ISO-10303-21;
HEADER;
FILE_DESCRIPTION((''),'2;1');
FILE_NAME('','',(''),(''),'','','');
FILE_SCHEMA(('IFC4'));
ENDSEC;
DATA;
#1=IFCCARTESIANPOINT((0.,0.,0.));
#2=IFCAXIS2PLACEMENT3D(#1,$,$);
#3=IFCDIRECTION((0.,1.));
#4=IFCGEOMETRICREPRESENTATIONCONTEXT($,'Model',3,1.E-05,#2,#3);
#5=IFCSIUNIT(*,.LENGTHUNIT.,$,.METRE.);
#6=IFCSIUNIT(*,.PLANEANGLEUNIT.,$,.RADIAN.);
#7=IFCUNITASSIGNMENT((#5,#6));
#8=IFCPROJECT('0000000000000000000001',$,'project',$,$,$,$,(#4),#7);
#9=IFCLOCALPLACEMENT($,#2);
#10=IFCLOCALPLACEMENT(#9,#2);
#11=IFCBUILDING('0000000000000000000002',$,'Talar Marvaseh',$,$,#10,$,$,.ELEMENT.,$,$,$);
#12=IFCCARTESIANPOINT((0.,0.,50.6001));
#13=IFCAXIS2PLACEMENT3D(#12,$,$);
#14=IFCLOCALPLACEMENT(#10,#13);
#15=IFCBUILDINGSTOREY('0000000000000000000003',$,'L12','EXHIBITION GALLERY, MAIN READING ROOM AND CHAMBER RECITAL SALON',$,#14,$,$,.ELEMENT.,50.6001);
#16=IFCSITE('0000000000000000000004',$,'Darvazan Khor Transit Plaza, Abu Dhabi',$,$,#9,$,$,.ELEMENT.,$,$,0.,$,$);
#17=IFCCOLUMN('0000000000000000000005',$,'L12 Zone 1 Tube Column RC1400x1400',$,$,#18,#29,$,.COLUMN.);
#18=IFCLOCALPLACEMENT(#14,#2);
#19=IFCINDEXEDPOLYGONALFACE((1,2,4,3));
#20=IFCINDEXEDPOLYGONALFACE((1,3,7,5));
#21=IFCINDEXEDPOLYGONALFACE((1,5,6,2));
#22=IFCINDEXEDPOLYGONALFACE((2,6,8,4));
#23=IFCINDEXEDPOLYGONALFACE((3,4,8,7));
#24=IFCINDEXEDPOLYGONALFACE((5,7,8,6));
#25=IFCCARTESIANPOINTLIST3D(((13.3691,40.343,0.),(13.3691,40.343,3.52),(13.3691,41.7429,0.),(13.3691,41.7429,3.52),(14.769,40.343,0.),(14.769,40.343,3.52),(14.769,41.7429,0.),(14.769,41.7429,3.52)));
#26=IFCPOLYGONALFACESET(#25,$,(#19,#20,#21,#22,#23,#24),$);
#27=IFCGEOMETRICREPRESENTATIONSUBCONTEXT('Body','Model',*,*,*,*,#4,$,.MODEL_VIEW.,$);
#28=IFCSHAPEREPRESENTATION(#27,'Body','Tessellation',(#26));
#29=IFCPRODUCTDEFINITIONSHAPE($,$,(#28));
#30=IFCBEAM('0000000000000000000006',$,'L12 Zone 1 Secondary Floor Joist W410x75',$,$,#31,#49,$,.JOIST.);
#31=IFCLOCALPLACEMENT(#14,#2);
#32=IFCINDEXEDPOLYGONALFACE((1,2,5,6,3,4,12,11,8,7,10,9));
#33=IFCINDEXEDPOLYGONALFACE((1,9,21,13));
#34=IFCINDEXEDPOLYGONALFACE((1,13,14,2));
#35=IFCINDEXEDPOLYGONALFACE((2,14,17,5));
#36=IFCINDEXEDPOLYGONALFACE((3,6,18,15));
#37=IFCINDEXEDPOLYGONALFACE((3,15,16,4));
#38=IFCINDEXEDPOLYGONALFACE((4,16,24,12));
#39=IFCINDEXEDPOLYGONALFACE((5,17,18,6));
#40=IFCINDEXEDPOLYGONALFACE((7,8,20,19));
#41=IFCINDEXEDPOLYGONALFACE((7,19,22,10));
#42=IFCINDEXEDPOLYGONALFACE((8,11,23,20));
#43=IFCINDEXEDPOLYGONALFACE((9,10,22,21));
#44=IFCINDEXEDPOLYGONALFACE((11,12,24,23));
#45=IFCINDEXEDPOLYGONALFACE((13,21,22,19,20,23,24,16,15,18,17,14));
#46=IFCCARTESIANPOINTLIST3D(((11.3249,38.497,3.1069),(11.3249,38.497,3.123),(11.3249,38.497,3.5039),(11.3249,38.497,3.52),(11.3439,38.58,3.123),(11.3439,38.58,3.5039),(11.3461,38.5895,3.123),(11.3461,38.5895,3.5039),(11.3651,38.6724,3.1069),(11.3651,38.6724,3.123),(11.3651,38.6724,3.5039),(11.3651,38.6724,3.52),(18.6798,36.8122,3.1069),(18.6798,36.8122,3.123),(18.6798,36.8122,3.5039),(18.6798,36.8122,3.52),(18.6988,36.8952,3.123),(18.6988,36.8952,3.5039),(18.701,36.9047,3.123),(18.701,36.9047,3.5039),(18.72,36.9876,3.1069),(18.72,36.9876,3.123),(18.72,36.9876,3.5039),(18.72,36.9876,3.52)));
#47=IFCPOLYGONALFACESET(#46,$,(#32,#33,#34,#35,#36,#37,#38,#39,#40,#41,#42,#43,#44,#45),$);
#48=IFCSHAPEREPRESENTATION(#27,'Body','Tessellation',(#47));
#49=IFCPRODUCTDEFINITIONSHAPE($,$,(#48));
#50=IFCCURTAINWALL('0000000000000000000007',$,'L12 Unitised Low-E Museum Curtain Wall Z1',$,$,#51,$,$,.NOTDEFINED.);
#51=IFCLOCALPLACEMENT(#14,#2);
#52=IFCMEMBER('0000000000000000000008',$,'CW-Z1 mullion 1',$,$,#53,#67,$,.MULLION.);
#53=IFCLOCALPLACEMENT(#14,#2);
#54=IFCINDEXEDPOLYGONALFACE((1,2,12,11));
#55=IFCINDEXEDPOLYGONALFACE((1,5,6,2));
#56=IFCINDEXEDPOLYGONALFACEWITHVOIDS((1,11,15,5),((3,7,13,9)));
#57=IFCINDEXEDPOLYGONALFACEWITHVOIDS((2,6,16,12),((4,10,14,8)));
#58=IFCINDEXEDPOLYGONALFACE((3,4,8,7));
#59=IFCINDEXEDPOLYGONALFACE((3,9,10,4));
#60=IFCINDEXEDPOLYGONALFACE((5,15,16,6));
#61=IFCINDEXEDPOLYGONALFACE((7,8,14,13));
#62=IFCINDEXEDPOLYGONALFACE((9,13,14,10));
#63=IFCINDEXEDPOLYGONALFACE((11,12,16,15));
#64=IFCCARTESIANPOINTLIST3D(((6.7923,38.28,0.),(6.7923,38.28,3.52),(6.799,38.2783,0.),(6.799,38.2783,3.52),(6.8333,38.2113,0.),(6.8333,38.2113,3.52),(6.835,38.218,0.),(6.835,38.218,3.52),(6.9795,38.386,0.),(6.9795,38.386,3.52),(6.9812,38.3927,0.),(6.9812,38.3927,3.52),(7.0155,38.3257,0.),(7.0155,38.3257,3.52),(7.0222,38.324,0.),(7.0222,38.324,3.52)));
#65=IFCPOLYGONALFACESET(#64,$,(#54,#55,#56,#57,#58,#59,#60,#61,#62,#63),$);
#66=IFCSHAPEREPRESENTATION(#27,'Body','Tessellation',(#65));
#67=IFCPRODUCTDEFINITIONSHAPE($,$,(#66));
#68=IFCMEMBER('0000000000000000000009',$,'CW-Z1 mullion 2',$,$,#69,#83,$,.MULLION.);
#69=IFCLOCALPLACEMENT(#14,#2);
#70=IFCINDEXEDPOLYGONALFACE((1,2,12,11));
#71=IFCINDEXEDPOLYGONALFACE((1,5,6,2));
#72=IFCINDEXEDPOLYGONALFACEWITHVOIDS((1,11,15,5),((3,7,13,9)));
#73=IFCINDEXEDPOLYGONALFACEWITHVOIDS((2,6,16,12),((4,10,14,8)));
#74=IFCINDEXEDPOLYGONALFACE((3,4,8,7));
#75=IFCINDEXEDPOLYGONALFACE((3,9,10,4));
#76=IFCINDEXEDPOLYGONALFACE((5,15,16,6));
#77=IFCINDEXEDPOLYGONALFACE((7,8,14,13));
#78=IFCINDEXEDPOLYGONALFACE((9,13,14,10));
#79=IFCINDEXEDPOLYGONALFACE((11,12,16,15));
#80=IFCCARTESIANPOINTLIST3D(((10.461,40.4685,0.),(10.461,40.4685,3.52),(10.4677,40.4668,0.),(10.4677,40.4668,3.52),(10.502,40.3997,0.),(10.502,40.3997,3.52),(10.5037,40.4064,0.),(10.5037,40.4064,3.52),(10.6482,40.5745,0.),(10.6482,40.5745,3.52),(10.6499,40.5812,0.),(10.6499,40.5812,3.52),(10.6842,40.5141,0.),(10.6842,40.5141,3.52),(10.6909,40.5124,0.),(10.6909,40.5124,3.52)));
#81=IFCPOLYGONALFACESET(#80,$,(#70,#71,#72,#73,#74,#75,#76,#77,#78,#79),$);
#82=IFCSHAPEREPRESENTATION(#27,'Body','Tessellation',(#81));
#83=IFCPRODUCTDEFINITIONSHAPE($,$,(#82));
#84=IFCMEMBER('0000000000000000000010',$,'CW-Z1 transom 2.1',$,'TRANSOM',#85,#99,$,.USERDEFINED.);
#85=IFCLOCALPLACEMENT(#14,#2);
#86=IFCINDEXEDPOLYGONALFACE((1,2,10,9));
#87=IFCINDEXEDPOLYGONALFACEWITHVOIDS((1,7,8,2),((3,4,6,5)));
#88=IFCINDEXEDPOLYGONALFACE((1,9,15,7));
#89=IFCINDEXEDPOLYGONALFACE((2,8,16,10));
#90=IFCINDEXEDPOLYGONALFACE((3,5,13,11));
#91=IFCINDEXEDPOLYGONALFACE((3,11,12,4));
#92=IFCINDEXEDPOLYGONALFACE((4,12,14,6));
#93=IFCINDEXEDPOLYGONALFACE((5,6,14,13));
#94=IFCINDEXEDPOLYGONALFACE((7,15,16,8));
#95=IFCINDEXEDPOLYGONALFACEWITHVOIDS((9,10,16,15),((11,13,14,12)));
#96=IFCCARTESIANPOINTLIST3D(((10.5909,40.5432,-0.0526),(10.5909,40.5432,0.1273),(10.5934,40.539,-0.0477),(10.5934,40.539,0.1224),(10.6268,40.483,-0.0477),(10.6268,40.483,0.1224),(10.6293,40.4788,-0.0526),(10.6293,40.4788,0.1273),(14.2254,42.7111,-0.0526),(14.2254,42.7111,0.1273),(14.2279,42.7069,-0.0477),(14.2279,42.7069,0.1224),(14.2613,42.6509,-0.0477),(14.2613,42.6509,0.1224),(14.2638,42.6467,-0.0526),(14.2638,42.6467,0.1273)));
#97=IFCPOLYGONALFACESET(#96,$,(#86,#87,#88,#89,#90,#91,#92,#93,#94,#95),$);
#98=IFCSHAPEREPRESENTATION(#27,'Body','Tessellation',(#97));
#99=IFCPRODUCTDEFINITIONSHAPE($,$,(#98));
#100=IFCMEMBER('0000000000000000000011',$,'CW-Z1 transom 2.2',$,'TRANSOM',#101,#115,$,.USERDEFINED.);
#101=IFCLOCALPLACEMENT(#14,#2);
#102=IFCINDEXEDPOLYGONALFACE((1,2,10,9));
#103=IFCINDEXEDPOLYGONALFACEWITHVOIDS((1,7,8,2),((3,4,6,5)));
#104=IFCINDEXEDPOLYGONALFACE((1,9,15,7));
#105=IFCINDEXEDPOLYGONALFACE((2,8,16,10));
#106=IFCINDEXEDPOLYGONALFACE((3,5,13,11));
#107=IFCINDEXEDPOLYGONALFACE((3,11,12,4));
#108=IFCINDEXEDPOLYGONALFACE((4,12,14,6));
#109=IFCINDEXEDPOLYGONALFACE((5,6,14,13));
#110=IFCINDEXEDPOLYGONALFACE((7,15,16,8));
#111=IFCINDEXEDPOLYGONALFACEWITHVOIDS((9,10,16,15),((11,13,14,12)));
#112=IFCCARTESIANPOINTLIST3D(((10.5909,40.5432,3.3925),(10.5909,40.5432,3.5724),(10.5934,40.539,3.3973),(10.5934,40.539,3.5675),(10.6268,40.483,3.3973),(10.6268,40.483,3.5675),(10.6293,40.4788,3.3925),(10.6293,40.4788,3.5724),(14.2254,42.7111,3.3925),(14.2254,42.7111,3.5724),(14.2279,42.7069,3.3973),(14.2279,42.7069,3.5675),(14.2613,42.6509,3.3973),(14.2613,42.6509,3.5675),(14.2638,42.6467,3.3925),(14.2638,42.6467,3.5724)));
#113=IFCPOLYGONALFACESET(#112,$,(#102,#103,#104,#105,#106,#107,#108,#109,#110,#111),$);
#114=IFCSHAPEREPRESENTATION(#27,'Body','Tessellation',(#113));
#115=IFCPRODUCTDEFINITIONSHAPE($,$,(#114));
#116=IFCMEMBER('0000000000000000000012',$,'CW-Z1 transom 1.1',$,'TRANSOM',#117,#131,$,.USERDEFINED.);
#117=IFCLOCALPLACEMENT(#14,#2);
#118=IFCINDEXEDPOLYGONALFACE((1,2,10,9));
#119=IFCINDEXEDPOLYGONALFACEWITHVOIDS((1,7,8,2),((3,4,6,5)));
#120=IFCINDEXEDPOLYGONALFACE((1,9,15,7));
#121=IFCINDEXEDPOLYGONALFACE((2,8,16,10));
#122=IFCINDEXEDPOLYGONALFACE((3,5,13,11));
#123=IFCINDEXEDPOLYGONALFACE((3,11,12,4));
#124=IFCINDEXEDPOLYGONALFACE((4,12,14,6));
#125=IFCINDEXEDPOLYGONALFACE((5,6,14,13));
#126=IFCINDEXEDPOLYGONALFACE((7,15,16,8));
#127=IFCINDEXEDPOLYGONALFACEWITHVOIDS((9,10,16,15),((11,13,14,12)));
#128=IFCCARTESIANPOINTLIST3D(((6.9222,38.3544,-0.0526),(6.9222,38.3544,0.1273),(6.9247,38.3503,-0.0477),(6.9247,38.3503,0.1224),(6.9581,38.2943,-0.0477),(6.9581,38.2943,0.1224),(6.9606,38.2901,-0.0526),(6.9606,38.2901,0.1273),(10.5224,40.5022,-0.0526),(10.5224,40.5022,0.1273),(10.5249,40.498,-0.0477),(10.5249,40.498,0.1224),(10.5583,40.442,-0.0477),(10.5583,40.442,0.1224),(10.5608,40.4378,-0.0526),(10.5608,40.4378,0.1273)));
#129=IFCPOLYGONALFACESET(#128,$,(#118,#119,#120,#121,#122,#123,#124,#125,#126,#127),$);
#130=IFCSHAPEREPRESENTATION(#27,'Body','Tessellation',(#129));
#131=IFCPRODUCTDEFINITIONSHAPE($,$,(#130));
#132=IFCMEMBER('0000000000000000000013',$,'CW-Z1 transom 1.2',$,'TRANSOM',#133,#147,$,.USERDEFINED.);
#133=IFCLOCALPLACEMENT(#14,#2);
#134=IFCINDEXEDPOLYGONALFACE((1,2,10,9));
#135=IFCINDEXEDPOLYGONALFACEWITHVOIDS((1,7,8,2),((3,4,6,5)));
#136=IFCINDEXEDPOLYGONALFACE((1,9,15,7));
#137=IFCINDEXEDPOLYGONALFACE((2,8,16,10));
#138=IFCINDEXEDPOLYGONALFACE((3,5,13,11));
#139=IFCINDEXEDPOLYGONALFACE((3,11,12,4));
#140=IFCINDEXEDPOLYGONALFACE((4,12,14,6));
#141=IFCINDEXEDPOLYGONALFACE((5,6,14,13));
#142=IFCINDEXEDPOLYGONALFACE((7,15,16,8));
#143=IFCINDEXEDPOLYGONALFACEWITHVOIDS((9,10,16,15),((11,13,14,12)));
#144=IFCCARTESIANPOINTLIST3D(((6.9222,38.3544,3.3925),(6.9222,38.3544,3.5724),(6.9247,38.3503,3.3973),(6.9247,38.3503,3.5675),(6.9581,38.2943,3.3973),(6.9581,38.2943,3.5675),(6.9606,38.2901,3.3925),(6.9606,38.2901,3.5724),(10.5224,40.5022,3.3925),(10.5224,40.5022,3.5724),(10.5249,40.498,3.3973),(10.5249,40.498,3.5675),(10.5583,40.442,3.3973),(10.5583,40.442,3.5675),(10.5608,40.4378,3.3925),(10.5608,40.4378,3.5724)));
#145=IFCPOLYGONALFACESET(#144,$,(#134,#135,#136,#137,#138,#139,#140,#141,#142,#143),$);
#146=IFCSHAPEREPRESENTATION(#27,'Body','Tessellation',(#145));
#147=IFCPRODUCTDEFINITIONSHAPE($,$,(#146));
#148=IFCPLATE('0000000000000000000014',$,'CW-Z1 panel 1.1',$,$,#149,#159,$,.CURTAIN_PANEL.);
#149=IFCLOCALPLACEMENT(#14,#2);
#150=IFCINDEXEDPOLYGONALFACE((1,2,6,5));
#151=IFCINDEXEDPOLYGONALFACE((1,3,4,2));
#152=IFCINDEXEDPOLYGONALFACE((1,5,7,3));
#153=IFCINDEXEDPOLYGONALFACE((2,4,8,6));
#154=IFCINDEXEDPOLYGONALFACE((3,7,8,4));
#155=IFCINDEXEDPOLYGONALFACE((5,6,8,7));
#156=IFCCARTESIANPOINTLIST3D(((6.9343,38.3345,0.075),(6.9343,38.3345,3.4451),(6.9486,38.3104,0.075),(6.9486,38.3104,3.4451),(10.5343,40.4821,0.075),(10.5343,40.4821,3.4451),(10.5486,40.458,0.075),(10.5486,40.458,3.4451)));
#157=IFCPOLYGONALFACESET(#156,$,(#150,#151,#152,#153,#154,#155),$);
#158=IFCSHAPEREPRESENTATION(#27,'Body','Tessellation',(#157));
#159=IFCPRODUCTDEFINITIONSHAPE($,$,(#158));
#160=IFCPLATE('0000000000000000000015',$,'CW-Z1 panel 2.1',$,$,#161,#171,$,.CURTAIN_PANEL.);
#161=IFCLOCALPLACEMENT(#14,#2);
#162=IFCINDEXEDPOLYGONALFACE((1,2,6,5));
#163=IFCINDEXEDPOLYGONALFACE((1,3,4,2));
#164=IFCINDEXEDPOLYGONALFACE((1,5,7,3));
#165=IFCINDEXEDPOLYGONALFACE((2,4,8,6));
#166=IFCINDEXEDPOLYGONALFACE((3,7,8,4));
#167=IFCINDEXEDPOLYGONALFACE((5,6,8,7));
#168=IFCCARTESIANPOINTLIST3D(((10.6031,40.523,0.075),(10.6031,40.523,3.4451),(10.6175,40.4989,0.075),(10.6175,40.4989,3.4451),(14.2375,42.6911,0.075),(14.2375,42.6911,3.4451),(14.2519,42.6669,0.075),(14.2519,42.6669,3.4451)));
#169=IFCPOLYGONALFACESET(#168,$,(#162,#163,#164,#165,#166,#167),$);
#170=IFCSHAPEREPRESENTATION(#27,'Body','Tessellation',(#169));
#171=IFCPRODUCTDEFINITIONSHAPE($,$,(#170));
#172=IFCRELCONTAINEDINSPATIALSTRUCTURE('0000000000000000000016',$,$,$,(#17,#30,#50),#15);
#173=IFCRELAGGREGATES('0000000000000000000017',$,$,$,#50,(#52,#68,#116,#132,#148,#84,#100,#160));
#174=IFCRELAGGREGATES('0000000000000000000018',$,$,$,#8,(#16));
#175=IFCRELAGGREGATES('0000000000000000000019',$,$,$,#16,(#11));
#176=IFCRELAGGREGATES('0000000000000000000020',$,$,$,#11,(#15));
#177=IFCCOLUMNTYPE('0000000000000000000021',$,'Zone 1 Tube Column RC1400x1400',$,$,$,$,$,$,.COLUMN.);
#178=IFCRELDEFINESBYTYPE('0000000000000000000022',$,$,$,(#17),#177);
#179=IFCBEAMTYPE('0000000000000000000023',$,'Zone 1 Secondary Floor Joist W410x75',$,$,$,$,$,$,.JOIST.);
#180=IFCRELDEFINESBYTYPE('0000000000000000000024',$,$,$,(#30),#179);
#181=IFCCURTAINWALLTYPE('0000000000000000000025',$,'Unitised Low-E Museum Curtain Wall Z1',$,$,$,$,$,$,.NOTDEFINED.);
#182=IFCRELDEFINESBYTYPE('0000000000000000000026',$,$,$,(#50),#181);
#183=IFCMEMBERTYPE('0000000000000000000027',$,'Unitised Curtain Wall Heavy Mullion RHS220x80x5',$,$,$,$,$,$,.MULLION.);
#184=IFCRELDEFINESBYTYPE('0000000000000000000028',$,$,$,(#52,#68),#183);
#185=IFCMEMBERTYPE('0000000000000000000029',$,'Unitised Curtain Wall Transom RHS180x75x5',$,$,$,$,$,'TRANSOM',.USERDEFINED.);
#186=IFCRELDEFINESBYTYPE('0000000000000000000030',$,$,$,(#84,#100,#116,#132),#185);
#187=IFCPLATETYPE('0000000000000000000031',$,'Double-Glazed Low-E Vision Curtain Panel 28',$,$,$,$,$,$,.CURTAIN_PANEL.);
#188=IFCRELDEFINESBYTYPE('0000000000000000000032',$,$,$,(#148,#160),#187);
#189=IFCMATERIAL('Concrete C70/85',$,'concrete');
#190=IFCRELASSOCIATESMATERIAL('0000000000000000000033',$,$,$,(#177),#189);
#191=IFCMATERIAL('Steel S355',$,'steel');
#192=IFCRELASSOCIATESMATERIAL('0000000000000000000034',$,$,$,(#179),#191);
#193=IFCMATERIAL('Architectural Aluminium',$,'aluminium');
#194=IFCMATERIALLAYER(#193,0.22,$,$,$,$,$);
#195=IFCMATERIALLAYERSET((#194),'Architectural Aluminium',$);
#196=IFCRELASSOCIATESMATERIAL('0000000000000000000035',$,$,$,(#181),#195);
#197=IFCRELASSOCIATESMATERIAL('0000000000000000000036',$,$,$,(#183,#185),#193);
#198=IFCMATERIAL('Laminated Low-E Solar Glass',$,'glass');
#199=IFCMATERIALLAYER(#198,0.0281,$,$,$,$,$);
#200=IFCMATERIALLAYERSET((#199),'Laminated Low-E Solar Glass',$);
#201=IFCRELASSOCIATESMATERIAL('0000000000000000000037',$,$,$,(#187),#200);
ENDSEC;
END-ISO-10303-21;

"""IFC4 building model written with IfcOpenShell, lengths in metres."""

from ifc_helpers import new_model, si_unit, direction, frame, origin, origin_2d, place, context, subcontext, project, spatial, rectangle, hollow_rectangle, i_section, extrude, source, transform, mapped, material, layer, layer_set, material_profile, profile_set, type_object, type_shapes, element, aggregate, save


model = new_model("IFC4")

# Units and contexts
model_context = context("Model", 3, precision=1e-05, world=origin(), true_north=direction((0.0, 1.0)))
body_context = subcontext(model_context, "Body", "Model", "MODEL_VIEW")
ifc_project = project(units=[si_unit("LENGTHUNIT", "METRE"), si_unit("PLANEANGLEUNIT", "RADIAN")], contexts=[model_context])

# Site, building, storey
site_placement = place(None, origin())
site = spatial("IfcSite", under=ifc_project, at=site_placement, Name="Darvazan Khor Transit Plaza, Abu Dhabi", CompositionType="ELEMENT", RefElevation=0.0)
building_placement = place(site_placement, origin())
building = spatial("IfcBuilding", under=site, at=building_placement, Name="Talar Marvaseh", CompositionType="ELEMENT")
storey_placement = place(building_placement, frame((0.0, 0.0, 50.6001)))
storey = spatial("IfcBuildingStorey", under=building, at=storey_placement, Name="L12", Description="EXHIBITION GALLERY, MAIN READING ROOM AND CHAMBER RECITAL SALON", CompositionType="ELEMENT", Elevation=50.6001)

# Column
ifc_material_1 = material(Name="Concrete C70/85", Category="concrete")
ifc_material_profile_1 = material_profile(ifc_material_1, rectangle(XDim=1.3999, YDim=1.3999, at=origin_2d()), Name="RC1400x1400")
ifc_profile_set_1 = profile_set([ifc_material_profile_1], Name="Concrete C70/85")
column_type = type_object("IfcColumnType", Name="Zone 1 Tube Column RC1400x1400", PredefinedType="COLUMN", material=ifc_profile_set_1)
column_placement = place(storey_placement, frame((14.0691, 41.043, 0.0), z_axis=(0.0, 0.0, 1.0), x_axis=(1.0, 0.0, 0.0)))
element("IfcColumn", 1, at=column_placement, inside=storey, type_object=column_type, Name="L12 Zone 1 Tube Column RC1400x1400", PredefinedType="COLUMN", context=body_context, shape_type="SweptSolid", body=[
    extrude(rectangle(XDim=1.3999, YDim=1.3999, at=origin_2d()), origin(), (0.0, 0.0, 1.0), 3.52),
])

# Beam
ifc_material_2 = material(Name="Steel S355", Category="steel")
ifc_material_profile_2 = material_profile(ifc_material_2, i_section(OverallWidth=0.1799, OverallDepth=0.4131, WebThickness=0.0098, FlangeThickness=0.0161, at=origin_2d()), Name="W410x75")
ifc_profile_set_2 = profile_set([ifc_material_profile_2], Name="Steel S355")
beam_type = type_object("IfcBeamType", Name="Zone 1 Secondary Floor Joist W410x75", PredefinedType="JOIST", material=ifc_profile_set_2)
beam_placement = place(storey_placement, frame((11.345, 38.5847, 3.3135), z_axis=(0.974753, -0.223288, 0.0), x_axis=(0.223288, 0.974753, 0.0)))
element("IfcBeam", 2, at=beam_placement, inside=storey, type_object=beam_type, Name="L12 Zone 1 Secondary Floor Joist W410x75", PredefinedType="JOIST", context=body_context, shape_type="SweptSolid", body=[
    extrude(i_section(OverallWidth=0.1799, OverallDepth=0.4131, WebThickness=0.0098, FlangeThickness=0.0161, at=origin_2d()), origin(), (0.0, 0.0, 1.0), 7.5454),
])

# Curtain wall, members, plates
ifc_material_3 = material(Name="Architectural Aluminium", Category="aluminium")
ifc_layer_1 = layer(ifc_material_3, 0.22)
ifc_layer_set_1 = layer_set([ifc_layer_1], Name="Architectural Aluminium")
curtain_wall_type = type_object("IfcCurtainWallType", Name="Unitised Low-E Museum Curtain Wall Z1", PredefinedType="NOTDEFINED", material=ifc_layer_set_1)
curtain_wall_placement = place(storey_placement, origin())
curtain_wall = element("IfcCurtainWall", 3, at=curtain_wall_placement, inside=storey, type_object=curtain_wall_type, Name="L12 Unitised Low-E Museum Curtain Wall Z1", PredefinedType="NOTDEFINED")
ifc_material_profile_3 = material_profile(ifc_material_3, hollow_rectangle(XDim=0.0801, YDim=0.22, WallThickness=0.0049, at=origin_2d()), Name="RHS220x80x5")
ifc_profile_set_3 = profile_set([ifc_material_profile_3], Name="Architectural Aluminium")
member_type_1 = type_object("IfcMemberType", Name="Unitised Curtain Wall Heavy Mullion RHS220x80x5", PredefinedType="MULLION", material=ifc_profile_set_3)
shared_shape_1 = source(origin(), body_context, "Body", "SweptSolid", [
    extrude(hollow_rectangle(XDim=0.0801, YDim=0.22, WallThickness=0.0049, at=origin_2d()), origin(), (0.0, 0.0, 1.0), 3.52),
])
type_shapes(member_type_1, [shared_shape_1])
member_1_placement = place(storey_placement, frame((6.9072, 38.302, 0.0), z_axis=(0.0, 0.0, 1.0), x_axis=(-0.51231, 0.8588, 0.0)))
member_1 = element("IfcMember", 4, at=member_1_placement, type_object=member_type_1, Name="CW-Z1 mullion 1", PredefinedType="MULLION", context=body_context, shape_type="MappedRepresentation", body=[
    mapped(shared_shape_1, transform((0.0, 0.0, 0.0), x_axis=(1.0, 0.0, 0.0), y_axis=(0.0, 1.0, 0.0), z_axis=(0.0, 0.0, 1.0), scale=1.0)),
])
member_2_placement = place(storey_placement, frame((10.5759, 40.4905, 0.0), z_axis=(0.0, 0.0, 1.0), x_axis=(-0.51231, 0.8588, 0.0)))
member_2 = element("IfcMember", 5, at=member_2_placement, type_object=member_type_1, Name="CW-Z1 mullion 2", PredefinedType="MULLION", context=body_context, shape_type="MappedRepresentation", body=[
    mapped(shared_shape_1, transform((0.0, 0.0, 0.0), x_axis=(1.0, 0.0, 0.0), y_axis=(0.0, 1.0, 0.0), z_axis=(0.0, 0.0, 1.0), scale=1.0)),
])
ifc_material_profile_4 = material_profile(ifc_material_3, hollow_rectangle(XDim=0.075, YDim=0.1799, WallThickness=0.0049, at=origin_2d()), Name="RHS180x75x5")
ifc_profile_set_4 = profile_set([ifc_material_profile_4], Name="Architectural Aluminium")
member_type_2 = type_object("IfcMemberType", Name="Unitised Curtain Wall Transom RHS180x75x5", ElementType="TRANSOM", PredefinedType="USERDEFINED", material=ifc_profile_set_4)
shared_shape_2 = source(origin(), body_context, "Body", "SweptSolid", [
    extrude(hollow_rectangle(XDim=0.075, YDim=0.1799, WallThickness=0.0049, at=origin_2d()), origin(), (0.0, 0.0, 1.0), 4.2319),
])
member_3_placement = place(storey_placement, frame((10.6101, 40.511, 0.0374), z_axis=(0.858819, 0.51228, 0.0), x_axis=(-0.51228, 0.858819, 0.0)))
member_3 = element("IfcMember", 6, at=member_3_placement, type_object=member_type_2, Name="CW-Z1 transom 2.1", ObjectType="TRANSOM", PredefinedType="USERDEFINED", context=body_context, shape_type="MappedRepresentation", body=[
    mapped(shared_shape_2, transform((0.0, 0.0, 0.0), x_axis=(1.0, 0.0, 0.0), y_axis=(0.0, 1.0, 0.0), z_axis=(0.0, 0.0, 1.0), scale=1.0)),
])
member_4_placement = place(storey_placement, frame((10.6101, 40.511, 3.4824), z_axis=(0.858819, 0.51228, 0.0), x_axis=(-0.51228, 0.858819, 0.0)))
member_4 = element("IfcMember", 7, at=member_4_placement, type_object=member_type_2, Name="CW-Z1 transom 2.2", ObjectType="TRANSOM", PredefinedType="USERDEFINED", context=body_context, shape_type="MappedRepresentation", body=[
    mapped(shared_shape_2, transform((0.0, 0.0, 0.0), x_axis=(1.0, 0.0, 0.0), y_axis=(0.0, 1.0, 0.0), z_axis=(0.0, 0.0, 1.0), scale=1.0)),
])
shared_shape_3 = source(origin(), body_context, "Body", "SweptSolid", [
    extrude(hollow_rectangle(XDim=0.075, YDim=0.1799, WallThickness=0.0049, at=origin_2d()), origin(), (0.0, 0.0, 1.0), 4.1921),
])
type_shapes(member_type_2, [shared_shape_2, shared_shape_3])
member_5_placement = place(storey_placement, frame((6.9414, 38.3223, 0.0374), z_axis=(0.85879, 0.512327, 0.0), x_axis=(-0.512327, 0.85879, 0.0)))
member_5 = element("IfcMember", 8, at=member_5_placement, type_object=member_type_2, Name="CW-Z1 transom 1.1", ObjectType="TRANSOM", PredefinedType="USERDEFINED", context=body_context, shape_type="MappedRepresentation", body=[
    mapped(shared_shape_3, transform((0.0, 0.0, 0.0), x_axis=(1.0, 0.0, 0.0), y_axis=(0.0, 1.0, 0.0), z_axis=(0.0, 0.0, 1.0), scale=1.0)),
])
member_6_placement = place(storey_placement, frame((6.9414, 38.3223, 3.4824), z_axis=(0.85879, 0.512327, 0.0), x_axis=(-0.512327, 0.85879, 0.0)))
member_6 = element("IfcMember", 9, at=member_6_placement, type_object=member_type_2, Name="CW-Z1 transom 1.2", ObjectType="TRANSOM", PredefinedType="USERDEFINED", context=body_context, shape_type="MappedRepresentation", body=[
    mapped(shared_shape_3, transform((0.0, 0.0, 0.0), x_axis=(1.0, 0.0, 0.0), y_axis=(0.0, 1.0, 0.0), z_axis=(0.0, 0.0, 1.0), scale=1.0)),
])
ifc_material_4 = material(Name="Laminated Low-E Solar Glass", Category="glass")
ifc_layer_2 = layer(ifc_material_4, 0.0281)
ifc_layer_set_2 = layer_set([ifc_layer_2], Name="Laminated Low-E Solar Glass")
plate_type = type_object("IfcPlateType", Name="Double-Glazed Low-E Vision Curtain Panel 28", PredefinedType="CURTAIN_PANEL", material=ifc_layer_set_2)
shared_shape_4 = source(origin(), body_context, "Body", "SweptSolid", [
    extrude(rectangle(XDim=4.1919, YDim=0.0281, at=origin_2d()), origin(), (0.0, 0.0, 1.0), 3.3701),
])
plate_1_placement = place(storey_placement, frame((8.7415, 39.3962, 0.075), z_axis=(0.0, 0.0, 1.0), x_axis=(0.8588, 0.51231, 0.0)))
plate_1 = element("IfcPlate", 10, at=plate_1_placement, type_object=plate_type, Name="CW-Z1 panel 1.1", PredefinedType="CURTAIN_PANEL", context=body_context, shape_type="MappedRepresentation", body=[
    mapped(shared_shape_4, transform((0.0, 0.0, 0.0), x_axis=(1.0, 0.0, 0.0), y_axis=(0.0, 1.0, 0.0), z_axis=(0.0, 0.0, 1.0), scale=1.0)),
])
shared_shape_5 = source(origin(), body_context, "Body", "SweptSolid", [
    extrude(rectangle(XDim=4.2319, YDim=0.0281, at=origin_2d()), origin(), (0.0, 0.0, 1.0), 3.3701),
])
type_shapes(plate_type, [shared_shape_4, shared_shape_5])
plate_2_placement = place(storey_placement, frame((12.4275, 41.595, 0.075), z_axis=(0.0, 0.0, 1.0), x_axis=(0.8588, 0.51231, 0.0)))
plate_2 = element("IfcPlate", 11, at=plate_2_placement, type_object=plate_type, Name="CW-Z1 panel 2.1", PredefinedType="CURTAIN_PANEL", context=body_context, shape_type="MappedRepresentation", body=[
    mapped(shared_shape_5, transform((0.0, 0.0, 0.0), x_axis=(1.0, 0.0, 0.0), y_axis=(0.0, 1.0, 0.0), z_axis=(0.0, 0.0, 1.0), scale=1.0)),
])
aggregate(curtain_wall, [member_1, member_2, member_5, member_6, plate_1, member_3, member_4, plate_2])

save(model, "model.ifc")
